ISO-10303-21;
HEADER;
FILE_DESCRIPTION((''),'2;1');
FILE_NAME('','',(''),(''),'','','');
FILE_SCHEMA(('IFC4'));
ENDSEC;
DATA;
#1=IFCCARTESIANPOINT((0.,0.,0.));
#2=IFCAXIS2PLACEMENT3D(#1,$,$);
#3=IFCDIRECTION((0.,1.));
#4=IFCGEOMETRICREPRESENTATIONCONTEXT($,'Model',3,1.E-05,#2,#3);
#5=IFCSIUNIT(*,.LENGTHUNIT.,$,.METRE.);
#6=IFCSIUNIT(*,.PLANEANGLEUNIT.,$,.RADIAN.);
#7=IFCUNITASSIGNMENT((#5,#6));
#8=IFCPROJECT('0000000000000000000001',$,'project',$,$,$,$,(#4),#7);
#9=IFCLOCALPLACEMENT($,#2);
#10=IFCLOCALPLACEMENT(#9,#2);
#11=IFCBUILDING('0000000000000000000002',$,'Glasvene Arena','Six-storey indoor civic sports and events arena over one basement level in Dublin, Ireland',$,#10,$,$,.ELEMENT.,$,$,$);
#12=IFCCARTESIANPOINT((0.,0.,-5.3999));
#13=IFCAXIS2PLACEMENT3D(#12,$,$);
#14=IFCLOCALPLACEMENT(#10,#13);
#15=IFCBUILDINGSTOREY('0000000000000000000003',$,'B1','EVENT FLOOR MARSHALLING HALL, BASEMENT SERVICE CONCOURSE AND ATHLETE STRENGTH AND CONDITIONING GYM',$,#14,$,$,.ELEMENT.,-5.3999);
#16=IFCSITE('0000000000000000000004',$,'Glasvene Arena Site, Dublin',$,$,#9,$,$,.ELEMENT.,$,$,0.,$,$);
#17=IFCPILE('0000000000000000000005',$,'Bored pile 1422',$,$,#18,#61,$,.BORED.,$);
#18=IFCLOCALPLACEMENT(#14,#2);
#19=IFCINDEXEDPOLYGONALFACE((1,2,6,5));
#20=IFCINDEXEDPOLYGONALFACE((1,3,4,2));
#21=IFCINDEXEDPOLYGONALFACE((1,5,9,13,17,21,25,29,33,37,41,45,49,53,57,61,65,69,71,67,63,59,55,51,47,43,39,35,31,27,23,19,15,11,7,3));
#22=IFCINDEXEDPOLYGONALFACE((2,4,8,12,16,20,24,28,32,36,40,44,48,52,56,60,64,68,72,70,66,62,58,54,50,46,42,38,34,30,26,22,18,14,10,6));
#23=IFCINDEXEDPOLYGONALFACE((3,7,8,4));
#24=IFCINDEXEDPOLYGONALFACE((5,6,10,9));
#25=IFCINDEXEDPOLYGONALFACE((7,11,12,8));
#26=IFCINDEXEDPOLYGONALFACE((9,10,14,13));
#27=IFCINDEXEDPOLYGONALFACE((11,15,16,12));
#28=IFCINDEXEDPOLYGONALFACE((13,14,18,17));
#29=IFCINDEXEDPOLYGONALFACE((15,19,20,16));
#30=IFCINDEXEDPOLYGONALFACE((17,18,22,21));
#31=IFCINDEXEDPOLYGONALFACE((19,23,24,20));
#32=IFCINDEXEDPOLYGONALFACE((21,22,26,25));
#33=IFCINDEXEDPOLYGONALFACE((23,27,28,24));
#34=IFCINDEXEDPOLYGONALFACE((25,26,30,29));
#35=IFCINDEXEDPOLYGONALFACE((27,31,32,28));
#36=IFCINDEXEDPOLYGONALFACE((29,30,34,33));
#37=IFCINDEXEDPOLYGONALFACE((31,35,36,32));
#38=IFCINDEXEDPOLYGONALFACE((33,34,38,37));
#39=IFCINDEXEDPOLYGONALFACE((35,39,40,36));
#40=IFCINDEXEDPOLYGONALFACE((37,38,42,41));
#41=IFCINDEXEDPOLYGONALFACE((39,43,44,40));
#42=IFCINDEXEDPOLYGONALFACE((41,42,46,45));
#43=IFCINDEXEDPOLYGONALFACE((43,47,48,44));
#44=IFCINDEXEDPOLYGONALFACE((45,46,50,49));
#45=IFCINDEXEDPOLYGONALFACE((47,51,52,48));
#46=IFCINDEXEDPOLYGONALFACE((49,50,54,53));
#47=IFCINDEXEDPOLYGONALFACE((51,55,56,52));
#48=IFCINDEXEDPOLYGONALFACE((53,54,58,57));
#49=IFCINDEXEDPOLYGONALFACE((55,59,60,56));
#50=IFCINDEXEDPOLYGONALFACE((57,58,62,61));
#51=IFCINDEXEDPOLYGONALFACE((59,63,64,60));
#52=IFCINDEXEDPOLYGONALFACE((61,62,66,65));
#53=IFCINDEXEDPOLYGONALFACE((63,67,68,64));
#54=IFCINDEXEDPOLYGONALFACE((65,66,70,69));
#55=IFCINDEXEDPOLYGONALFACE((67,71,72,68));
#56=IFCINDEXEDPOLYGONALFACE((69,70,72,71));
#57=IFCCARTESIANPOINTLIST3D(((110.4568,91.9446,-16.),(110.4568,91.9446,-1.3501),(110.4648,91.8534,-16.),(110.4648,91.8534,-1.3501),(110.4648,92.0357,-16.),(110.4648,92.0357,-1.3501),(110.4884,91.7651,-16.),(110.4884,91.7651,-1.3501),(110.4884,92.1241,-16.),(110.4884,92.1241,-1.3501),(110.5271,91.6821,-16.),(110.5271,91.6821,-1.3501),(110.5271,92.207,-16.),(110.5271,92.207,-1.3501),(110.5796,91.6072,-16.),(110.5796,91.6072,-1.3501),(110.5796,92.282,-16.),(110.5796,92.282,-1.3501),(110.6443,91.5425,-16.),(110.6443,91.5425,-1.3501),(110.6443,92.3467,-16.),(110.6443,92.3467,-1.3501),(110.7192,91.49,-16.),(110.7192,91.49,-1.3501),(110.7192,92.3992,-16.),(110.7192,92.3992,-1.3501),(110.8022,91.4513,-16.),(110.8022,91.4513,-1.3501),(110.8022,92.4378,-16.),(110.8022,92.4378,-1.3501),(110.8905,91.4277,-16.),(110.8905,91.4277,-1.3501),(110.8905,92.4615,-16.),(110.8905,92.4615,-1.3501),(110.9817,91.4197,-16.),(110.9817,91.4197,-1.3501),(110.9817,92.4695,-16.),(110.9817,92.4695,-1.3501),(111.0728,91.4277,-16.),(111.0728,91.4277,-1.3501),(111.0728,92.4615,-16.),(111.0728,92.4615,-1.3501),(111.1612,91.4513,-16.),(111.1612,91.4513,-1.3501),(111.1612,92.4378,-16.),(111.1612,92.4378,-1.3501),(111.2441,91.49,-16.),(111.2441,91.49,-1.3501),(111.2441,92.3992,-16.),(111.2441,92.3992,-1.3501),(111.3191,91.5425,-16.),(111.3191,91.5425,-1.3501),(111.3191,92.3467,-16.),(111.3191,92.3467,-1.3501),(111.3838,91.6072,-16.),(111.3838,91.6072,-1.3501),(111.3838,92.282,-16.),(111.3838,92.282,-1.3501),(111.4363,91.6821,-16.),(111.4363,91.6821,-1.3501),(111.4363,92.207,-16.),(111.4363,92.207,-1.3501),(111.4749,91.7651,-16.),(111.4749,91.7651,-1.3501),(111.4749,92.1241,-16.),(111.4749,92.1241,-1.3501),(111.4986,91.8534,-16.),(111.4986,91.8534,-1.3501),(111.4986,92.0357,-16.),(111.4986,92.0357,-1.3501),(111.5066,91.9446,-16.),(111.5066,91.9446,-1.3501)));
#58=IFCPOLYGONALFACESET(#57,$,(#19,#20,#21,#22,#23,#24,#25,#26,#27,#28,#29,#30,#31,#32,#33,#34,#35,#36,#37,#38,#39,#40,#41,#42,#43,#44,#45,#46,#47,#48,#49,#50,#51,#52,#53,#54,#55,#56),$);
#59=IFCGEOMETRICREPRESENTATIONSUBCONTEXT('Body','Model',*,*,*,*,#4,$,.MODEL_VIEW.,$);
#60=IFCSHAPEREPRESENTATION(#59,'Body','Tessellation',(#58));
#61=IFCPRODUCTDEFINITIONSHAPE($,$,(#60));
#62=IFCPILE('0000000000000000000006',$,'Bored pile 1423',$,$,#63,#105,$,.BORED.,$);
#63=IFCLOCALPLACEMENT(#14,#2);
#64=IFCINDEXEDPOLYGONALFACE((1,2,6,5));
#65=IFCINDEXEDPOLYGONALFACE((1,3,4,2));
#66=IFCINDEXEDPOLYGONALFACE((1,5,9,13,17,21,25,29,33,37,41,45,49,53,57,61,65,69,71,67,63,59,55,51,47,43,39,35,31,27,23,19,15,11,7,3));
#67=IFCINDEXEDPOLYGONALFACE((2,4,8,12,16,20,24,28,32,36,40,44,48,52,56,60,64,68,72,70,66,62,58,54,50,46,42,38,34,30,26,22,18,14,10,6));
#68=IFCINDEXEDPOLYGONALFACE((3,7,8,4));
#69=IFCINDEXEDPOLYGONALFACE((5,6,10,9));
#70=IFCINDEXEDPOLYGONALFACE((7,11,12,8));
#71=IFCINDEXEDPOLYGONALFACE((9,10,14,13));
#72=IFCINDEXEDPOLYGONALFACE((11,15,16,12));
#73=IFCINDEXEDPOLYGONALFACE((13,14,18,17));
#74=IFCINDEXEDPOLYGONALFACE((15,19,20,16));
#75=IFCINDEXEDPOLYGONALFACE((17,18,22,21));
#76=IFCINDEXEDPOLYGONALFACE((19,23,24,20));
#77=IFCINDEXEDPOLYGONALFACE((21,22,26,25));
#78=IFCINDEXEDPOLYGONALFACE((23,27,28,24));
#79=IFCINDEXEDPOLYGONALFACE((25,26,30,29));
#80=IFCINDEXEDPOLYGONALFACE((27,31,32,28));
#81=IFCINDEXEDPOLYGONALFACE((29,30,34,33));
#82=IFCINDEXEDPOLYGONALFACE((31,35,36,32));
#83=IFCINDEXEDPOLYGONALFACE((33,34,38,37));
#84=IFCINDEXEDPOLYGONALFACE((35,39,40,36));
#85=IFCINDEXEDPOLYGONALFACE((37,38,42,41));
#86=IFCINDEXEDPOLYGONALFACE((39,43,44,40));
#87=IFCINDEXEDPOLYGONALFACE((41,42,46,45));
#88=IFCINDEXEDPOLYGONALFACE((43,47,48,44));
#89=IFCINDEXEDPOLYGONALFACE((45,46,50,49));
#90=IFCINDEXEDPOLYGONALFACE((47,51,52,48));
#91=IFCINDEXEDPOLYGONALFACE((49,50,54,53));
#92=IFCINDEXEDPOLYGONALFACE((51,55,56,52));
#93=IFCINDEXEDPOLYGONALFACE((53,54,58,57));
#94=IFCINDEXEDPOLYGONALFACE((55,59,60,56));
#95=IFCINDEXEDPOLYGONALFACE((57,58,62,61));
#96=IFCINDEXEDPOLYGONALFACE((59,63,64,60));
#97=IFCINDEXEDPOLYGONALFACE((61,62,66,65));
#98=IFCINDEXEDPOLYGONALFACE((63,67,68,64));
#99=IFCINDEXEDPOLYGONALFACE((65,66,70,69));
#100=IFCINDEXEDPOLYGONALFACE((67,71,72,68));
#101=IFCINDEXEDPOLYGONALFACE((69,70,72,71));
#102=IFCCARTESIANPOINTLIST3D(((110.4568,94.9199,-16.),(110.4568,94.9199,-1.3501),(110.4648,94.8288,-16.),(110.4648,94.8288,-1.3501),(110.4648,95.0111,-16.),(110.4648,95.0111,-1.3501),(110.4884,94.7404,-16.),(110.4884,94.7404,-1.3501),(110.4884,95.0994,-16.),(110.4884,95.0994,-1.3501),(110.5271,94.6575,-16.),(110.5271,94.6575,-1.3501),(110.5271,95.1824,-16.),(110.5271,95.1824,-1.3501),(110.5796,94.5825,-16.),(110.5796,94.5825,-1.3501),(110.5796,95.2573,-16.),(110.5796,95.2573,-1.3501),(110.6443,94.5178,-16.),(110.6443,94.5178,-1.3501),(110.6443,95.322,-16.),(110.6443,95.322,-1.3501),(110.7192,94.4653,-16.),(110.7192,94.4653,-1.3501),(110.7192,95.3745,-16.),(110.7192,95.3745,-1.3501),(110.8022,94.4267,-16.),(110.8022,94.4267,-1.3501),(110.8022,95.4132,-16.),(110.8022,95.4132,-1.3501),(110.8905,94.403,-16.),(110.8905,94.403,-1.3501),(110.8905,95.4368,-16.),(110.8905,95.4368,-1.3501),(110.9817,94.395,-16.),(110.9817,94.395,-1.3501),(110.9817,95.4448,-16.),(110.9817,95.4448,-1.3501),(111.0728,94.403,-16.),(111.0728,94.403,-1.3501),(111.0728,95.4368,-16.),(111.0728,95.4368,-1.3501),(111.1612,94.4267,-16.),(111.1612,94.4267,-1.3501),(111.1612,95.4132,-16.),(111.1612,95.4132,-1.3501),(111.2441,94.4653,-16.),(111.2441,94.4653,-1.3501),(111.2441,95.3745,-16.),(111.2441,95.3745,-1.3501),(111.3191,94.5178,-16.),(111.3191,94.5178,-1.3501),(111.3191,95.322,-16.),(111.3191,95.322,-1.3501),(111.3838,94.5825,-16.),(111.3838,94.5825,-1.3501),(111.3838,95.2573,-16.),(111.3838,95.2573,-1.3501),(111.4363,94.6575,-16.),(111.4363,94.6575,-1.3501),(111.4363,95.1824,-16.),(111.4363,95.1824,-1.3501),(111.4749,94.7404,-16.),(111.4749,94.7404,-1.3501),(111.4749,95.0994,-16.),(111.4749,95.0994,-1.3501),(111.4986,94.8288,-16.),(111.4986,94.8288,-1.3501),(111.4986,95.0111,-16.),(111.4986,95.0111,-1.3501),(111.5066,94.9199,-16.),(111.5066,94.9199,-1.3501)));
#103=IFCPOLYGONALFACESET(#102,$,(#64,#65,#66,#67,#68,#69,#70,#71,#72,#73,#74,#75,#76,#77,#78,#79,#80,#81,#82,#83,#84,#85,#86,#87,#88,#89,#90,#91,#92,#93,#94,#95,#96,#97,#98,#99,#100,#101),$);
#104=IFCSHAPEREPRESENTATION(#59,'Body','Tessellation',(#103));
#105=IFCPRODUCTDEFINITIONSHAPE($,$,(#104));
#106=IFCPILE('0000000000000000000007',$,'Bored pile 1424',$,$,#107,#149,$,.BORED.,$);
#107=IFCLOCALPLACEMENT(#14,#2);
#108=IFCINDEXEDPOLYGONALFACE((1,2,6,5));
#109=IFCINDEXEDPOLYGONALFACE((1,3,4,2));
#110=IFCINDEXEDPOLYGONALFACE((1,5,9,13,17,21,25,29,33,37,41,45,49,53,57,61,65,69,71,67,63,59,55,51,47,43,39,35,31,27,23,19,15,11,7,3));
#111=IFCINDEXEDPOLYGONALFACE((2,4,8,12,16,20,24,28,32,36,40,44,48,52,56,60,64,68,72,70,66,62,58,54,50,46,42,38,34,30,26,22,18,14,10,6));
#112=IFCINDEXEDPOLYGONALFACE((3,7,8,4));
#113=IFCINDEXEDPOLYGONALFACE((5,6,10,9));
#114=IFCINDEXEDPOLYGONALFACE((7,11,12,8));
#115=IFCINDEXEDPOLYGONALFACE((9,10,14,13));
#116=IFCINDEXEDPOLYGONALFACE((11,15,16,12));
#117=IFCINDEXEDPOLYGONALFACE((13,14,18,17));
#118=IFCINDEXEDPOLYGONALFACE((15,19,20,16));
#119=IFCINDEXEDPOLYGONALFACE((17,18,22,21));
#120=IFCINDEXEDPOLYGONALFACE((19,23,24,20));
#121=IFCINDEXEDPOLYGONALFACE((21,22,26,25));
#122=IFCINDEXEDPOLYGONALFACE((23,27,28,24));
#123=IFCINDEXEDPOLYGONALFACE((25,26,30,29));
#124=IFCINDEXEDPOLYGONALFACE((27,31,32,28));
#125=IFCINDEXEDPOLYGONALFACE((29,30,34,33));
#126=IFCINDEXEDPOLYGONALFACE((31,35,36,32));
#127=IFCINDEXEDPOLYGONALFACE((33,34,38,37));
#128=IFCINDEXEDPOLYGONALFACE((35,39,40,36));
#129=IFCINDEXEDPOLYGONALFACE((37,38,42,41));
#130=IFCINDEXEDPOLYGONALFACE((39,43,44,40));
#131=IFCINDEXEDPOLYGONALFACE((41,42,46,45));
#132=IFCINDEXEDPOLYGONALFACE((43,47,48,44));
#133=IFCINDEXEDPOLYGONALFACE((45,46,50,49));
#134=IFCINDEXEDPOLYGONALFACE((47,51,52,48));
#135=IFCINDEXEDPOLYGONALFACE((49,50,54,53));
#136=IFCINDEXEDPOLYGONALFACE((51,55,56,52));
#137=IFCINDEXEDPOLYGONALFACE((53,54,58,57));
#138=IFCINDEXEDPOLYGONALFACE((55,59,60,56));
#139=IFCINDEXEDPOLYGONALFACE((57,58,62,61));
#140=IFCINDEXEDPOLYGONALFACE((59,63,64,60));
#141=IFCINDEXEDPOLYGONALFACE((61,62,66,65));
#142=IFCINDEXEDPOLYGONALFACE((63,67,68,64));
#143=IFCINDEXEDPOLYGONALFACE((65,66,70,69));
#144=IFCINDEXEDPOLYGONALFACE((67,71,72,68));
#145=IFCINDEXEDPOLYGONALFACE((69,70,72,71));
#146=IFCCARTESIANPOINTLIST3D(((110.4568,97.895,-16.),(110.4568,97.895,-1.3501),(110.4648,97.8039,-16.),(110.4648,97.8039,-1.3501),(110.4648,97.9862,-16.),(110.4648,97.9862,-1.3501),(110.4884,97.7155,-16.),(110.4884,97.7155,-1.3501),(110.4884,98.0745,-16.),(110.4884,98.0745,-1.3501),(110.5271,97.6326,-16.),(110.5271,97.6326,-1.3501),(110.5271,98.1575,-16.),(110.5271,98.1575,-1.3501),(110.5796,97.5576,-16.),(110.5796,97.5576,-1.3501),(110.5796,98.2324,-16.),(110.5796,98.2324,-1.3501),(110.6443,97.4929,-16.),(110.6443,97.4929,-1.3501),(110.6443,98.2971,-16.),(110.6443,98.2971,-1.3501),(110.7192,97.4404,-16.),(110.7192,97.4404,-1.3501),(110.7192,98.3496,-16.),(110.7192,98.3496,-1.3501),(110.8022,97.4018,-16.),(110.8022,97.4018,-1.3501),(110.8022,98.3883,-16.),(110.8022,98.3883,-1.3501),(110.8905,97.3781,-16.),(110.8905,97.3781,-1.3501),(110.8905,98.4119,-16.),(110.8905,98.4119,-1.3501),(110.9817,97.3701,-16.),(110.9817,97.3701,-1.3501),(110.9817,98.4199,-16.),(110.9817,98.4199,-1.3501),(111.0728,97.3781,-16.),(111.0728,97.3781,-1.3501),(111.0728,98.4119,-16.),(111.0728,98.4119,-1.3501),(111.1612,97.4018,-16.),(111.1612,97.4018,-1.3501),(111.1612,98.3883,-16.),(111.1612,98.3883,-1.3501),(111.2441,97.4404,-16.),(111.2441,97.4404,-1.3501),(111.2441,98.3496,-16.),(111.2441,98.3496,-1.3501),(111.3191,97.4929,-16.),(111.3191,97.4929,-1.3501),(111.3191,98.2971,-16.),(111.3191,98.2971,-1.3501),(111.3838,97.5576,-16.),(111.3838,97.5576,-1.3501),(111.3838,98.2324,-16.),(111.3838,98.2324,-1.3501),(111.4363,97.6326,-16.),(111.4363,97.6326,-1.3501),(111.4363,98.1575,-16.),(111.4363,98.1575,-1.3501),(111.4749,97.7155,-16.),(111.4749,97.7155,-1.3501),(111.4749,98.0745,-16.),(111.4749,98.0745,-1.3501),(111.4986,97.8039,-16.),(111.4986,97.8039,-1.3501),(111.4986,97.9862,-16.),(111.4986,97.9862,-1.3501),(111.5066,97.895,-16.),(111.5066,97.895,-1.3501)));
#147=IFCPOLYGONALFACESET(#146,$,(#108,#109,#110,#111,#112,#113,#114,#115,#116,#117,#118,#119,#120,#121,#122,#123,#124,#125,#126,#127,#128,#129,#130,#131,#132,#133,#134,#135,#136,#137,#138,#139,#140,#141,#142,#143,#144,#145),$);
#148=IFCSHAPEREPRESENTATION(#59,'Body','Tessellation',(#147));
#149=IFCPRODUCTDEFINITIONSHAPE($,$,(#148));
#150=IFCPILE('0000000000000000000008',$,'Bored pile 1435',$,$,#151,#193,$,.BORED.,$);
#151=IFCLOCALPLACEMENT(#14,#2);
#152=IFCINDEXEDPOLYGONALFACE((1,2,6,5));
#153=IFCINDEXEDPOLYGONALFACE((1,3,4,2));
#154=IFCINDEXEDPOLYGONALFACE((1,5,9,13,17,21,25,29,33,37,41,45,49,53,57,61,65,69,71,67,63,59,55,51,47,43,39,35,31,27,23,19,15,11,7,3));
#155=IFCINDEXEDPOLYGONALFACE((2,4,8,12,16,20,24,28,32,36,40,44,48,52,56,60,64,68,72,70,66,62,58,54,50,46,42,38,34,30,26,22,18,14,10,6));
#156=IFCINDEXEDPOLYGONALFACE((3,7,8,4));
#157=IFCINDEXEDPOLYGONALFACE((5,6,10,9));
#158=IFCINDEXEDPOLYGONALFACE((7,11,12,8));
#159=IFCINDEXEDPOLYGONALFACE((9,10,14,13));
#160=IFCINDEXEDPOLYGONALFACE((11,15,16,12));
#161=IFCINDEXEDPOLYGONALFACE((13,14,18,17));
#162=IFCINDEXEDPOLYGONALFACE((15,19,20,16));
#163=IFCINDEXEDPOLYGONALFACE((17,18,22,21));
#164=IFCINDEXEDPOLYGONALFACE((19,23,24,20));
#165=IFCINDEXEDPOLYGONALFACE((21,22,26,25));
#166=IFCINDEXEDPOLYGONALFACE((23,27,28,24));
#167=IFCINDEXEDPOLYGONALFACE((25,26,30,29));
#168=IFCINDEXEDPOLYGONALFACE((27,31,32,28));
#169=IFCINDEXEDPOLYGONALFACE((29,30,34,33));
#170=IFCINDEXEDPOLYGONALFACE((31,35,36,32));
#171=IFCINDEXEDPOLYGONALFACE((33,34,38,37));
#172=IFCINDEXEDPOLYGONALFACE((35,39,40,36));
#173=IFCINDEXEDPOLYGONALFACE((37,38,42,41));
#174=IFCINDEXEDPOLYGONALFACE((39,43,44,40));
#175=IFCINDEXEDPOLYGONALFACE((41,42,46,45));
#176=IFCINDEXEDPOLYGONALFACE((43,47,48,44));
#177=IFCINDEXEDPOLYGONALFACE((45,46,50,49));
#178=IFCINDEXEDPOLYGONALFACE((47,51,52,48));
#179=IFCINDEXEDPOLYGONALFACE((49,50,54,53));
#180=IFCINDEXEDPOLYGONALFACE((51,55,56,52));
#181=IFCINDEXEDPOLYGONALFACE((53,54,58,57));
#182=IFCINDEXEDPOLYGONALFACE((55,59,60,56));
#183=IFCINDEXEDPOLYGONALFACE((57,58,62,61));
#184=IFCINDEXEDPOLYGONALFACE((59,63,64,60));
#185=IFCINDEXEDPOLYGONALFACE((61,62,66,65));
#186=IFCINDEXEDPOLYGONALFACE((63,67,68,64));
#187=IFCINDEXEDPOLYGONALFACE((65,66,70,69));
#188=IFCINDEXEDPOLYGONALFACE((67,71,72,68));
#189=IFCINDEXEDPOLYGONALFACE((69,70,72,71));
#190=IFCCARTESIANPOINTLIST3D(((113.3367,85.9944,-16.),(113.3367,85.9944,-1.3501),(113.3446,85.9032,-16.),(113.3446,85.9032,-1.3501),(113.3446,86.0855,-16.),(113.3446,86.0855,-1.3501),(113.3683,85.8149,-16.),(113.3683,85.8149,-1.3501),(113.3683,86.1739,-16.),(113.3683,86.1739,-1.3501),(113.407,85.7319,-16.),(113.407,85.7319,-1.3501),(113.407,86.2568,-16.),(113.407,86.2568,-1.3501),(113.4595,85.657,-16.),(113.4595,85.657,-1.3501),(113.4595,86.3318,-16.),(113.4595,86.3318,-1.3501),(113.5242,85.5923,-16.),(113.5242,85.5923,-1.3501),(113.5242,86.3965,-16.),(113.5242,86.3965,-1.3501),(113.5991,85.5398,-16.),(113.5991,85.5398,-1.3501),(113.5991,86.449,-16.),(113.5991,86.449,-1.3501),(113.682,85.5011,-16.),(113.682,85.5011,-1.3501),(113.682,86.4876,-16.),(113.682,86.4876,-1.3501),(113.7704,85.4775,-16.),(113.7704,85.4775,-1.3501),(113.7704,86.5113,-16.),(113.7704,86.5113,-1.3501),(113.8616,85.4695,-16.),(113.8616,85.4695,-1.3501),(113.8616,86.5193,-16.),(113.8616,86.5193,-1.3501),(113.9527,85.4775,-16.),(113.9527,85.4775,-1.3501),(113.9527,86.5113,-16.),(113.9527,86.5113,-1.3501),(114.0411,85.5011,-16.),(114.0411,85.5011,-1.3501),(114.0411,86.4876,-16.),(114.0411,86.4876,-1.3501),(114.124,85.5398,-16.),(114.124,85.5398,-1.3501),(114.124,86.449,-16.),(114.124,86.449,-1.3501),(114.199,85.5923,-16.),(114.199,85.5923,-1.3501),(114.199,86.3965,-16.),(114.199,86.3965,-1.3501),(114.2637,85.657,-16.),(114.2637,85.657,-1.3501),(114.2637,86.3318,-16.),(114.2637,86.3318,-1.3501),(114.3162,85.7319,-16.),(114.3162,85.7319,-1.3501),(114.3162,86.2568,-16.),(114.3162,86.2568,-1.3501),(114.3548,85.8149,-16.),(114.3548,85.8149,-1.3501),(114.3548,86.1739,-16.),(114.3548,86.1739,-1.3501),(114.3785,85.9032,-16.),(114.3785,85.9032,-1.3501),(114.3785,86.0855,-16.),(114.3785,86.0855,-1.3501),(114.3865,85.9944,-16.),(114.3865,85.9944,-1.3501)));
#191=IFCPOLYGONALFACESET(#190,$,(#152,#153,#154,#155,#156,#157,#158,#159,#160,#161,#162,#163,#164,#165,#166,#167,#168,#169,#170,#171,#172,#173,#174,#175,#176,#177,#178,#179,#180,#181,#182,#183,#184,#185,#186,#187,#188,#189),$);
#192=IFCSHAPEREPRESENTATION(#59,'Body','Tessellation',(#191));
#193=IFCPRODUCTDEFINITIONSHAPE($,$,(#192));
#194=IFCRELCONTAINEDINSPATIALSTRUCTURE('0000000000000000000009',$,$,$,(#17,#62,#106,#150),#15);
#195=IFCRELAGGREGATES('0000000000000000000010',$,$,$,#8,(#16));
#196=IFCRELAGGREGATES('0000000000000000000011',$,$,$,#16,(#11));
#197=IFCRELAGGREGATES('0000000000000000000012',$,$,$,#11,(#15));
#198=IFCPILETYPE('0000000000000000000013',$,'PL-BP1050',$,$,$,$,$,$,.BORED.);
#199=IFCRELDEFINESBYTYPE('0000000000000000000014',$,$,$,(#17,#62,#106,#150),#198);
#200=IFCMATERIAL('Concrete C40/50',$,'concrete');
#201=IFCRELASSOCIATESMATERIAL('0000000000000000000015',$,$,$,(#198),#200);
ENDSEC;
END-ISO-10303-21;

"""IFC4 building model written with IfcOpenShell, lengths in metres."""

from ifc_helpers import new_model, si_unit, direction, frame, origin, origin_2d, place, context, subcontext, project, spatial, circle, extrude, material, material_profile, profile_set, type_object, element, save


model = new_model("IFC4")

# Units and contexts
model_context = context("Model", 3, precision=1e-05, world=origin(), true_north=direction((0.0, 1.0)))
body_context = subcontext(model_context, "Body", "Model", "MODEL_VIEW")
ifc_project = project(units=[si_unit("LENGTHUNIT", "METRE"), si_unit("PLANEANGLEUNIT", "RADIAN")], contexts=[model_context])

# Site, building, storey
site_placement = place(None, origin())
site = spatial("IfcSite", under=ifc_project, at=site_placement, Name="Glasvene Arena Site, Dublin", CompositionType="ELEMENT", RefElevation=0.0)
building_placement = place(site_placement, origin())
building = spatial("IfcBuilding", under=site, at=building_placement, Name="Glasvene Arena", Description="Six-storey indoor civic sports and events arena over one basement level in Dublin, Ireland", CompositionType="ELEMENT")
storey_placement = place(building_placement, frame((0.0, 0.0, -5.3999)))
storey = spatial("IfcBuildingStorey", under=building, at=storey_placement, Name="B1", Description="EVENT FLOOR MARSHALLING HALL, BASEMENT SERVICE CONCOURSE AND ATHLETE STRENGTH AND CONDITIONING GYM", CompositionType="ELEMENT", Elevation=-5.3999)

# Piles
ifc_material_1 = material(Name="Concrete C40/50", Category="concrete")
ifc_material_profile_1 = material_profile(ifc_material_1, circle(Radius=0.5249, at=origin_2d()), Name="BORED PILE 1050")
ifc_profile_set_1 = profile_set([ifc_material_profile_1], Name="Concrete C40/50")
pile_type = type_object("IfcPileType", Name="PL-BP1050", PredefinedType="BORED", material=ifc_profile_set_1)
for number, where, z_axis, x_axis, name in (
    (1, (110.9817, 91.9446, -1.3501), (0.0, 0.0, -1.0), (1.0, 0.0, 0.0), "Bored pile 1422"),
    (2, (110.9817, 94.9199, -1.3501), (0.0, 0.0, -1.0), (1.0, 0.0, 0.0), "Bored pile 1423"),
    (3, (110.9817, 97.895, -1.3501), (0.0, 0.0, -1.0), (1.0, 0.0, 0.0), "Bored pile 1424"),
    (4, (113.8616, 85.9944, -1.3501), (0.0, 0.0, -1.0), (1.0, 0.0, 0.0), "Bored pile 1435"),
):
    element("IfcPile", number, at=place(storey_placement, frame(where, z_axis=z_axis, x_axis=x_axis)), inside=storey, type_object=pile_type, Name=name, PredefinedType="BORED", context=body_context, shape_type="SweptSolid", body=[
        extrude(circle(Radius=0.5249, at=origin_2d()), origin(), (0.0, 0.0, 1.0), 14.6499),
    ])

save(model, "model.ifc")
